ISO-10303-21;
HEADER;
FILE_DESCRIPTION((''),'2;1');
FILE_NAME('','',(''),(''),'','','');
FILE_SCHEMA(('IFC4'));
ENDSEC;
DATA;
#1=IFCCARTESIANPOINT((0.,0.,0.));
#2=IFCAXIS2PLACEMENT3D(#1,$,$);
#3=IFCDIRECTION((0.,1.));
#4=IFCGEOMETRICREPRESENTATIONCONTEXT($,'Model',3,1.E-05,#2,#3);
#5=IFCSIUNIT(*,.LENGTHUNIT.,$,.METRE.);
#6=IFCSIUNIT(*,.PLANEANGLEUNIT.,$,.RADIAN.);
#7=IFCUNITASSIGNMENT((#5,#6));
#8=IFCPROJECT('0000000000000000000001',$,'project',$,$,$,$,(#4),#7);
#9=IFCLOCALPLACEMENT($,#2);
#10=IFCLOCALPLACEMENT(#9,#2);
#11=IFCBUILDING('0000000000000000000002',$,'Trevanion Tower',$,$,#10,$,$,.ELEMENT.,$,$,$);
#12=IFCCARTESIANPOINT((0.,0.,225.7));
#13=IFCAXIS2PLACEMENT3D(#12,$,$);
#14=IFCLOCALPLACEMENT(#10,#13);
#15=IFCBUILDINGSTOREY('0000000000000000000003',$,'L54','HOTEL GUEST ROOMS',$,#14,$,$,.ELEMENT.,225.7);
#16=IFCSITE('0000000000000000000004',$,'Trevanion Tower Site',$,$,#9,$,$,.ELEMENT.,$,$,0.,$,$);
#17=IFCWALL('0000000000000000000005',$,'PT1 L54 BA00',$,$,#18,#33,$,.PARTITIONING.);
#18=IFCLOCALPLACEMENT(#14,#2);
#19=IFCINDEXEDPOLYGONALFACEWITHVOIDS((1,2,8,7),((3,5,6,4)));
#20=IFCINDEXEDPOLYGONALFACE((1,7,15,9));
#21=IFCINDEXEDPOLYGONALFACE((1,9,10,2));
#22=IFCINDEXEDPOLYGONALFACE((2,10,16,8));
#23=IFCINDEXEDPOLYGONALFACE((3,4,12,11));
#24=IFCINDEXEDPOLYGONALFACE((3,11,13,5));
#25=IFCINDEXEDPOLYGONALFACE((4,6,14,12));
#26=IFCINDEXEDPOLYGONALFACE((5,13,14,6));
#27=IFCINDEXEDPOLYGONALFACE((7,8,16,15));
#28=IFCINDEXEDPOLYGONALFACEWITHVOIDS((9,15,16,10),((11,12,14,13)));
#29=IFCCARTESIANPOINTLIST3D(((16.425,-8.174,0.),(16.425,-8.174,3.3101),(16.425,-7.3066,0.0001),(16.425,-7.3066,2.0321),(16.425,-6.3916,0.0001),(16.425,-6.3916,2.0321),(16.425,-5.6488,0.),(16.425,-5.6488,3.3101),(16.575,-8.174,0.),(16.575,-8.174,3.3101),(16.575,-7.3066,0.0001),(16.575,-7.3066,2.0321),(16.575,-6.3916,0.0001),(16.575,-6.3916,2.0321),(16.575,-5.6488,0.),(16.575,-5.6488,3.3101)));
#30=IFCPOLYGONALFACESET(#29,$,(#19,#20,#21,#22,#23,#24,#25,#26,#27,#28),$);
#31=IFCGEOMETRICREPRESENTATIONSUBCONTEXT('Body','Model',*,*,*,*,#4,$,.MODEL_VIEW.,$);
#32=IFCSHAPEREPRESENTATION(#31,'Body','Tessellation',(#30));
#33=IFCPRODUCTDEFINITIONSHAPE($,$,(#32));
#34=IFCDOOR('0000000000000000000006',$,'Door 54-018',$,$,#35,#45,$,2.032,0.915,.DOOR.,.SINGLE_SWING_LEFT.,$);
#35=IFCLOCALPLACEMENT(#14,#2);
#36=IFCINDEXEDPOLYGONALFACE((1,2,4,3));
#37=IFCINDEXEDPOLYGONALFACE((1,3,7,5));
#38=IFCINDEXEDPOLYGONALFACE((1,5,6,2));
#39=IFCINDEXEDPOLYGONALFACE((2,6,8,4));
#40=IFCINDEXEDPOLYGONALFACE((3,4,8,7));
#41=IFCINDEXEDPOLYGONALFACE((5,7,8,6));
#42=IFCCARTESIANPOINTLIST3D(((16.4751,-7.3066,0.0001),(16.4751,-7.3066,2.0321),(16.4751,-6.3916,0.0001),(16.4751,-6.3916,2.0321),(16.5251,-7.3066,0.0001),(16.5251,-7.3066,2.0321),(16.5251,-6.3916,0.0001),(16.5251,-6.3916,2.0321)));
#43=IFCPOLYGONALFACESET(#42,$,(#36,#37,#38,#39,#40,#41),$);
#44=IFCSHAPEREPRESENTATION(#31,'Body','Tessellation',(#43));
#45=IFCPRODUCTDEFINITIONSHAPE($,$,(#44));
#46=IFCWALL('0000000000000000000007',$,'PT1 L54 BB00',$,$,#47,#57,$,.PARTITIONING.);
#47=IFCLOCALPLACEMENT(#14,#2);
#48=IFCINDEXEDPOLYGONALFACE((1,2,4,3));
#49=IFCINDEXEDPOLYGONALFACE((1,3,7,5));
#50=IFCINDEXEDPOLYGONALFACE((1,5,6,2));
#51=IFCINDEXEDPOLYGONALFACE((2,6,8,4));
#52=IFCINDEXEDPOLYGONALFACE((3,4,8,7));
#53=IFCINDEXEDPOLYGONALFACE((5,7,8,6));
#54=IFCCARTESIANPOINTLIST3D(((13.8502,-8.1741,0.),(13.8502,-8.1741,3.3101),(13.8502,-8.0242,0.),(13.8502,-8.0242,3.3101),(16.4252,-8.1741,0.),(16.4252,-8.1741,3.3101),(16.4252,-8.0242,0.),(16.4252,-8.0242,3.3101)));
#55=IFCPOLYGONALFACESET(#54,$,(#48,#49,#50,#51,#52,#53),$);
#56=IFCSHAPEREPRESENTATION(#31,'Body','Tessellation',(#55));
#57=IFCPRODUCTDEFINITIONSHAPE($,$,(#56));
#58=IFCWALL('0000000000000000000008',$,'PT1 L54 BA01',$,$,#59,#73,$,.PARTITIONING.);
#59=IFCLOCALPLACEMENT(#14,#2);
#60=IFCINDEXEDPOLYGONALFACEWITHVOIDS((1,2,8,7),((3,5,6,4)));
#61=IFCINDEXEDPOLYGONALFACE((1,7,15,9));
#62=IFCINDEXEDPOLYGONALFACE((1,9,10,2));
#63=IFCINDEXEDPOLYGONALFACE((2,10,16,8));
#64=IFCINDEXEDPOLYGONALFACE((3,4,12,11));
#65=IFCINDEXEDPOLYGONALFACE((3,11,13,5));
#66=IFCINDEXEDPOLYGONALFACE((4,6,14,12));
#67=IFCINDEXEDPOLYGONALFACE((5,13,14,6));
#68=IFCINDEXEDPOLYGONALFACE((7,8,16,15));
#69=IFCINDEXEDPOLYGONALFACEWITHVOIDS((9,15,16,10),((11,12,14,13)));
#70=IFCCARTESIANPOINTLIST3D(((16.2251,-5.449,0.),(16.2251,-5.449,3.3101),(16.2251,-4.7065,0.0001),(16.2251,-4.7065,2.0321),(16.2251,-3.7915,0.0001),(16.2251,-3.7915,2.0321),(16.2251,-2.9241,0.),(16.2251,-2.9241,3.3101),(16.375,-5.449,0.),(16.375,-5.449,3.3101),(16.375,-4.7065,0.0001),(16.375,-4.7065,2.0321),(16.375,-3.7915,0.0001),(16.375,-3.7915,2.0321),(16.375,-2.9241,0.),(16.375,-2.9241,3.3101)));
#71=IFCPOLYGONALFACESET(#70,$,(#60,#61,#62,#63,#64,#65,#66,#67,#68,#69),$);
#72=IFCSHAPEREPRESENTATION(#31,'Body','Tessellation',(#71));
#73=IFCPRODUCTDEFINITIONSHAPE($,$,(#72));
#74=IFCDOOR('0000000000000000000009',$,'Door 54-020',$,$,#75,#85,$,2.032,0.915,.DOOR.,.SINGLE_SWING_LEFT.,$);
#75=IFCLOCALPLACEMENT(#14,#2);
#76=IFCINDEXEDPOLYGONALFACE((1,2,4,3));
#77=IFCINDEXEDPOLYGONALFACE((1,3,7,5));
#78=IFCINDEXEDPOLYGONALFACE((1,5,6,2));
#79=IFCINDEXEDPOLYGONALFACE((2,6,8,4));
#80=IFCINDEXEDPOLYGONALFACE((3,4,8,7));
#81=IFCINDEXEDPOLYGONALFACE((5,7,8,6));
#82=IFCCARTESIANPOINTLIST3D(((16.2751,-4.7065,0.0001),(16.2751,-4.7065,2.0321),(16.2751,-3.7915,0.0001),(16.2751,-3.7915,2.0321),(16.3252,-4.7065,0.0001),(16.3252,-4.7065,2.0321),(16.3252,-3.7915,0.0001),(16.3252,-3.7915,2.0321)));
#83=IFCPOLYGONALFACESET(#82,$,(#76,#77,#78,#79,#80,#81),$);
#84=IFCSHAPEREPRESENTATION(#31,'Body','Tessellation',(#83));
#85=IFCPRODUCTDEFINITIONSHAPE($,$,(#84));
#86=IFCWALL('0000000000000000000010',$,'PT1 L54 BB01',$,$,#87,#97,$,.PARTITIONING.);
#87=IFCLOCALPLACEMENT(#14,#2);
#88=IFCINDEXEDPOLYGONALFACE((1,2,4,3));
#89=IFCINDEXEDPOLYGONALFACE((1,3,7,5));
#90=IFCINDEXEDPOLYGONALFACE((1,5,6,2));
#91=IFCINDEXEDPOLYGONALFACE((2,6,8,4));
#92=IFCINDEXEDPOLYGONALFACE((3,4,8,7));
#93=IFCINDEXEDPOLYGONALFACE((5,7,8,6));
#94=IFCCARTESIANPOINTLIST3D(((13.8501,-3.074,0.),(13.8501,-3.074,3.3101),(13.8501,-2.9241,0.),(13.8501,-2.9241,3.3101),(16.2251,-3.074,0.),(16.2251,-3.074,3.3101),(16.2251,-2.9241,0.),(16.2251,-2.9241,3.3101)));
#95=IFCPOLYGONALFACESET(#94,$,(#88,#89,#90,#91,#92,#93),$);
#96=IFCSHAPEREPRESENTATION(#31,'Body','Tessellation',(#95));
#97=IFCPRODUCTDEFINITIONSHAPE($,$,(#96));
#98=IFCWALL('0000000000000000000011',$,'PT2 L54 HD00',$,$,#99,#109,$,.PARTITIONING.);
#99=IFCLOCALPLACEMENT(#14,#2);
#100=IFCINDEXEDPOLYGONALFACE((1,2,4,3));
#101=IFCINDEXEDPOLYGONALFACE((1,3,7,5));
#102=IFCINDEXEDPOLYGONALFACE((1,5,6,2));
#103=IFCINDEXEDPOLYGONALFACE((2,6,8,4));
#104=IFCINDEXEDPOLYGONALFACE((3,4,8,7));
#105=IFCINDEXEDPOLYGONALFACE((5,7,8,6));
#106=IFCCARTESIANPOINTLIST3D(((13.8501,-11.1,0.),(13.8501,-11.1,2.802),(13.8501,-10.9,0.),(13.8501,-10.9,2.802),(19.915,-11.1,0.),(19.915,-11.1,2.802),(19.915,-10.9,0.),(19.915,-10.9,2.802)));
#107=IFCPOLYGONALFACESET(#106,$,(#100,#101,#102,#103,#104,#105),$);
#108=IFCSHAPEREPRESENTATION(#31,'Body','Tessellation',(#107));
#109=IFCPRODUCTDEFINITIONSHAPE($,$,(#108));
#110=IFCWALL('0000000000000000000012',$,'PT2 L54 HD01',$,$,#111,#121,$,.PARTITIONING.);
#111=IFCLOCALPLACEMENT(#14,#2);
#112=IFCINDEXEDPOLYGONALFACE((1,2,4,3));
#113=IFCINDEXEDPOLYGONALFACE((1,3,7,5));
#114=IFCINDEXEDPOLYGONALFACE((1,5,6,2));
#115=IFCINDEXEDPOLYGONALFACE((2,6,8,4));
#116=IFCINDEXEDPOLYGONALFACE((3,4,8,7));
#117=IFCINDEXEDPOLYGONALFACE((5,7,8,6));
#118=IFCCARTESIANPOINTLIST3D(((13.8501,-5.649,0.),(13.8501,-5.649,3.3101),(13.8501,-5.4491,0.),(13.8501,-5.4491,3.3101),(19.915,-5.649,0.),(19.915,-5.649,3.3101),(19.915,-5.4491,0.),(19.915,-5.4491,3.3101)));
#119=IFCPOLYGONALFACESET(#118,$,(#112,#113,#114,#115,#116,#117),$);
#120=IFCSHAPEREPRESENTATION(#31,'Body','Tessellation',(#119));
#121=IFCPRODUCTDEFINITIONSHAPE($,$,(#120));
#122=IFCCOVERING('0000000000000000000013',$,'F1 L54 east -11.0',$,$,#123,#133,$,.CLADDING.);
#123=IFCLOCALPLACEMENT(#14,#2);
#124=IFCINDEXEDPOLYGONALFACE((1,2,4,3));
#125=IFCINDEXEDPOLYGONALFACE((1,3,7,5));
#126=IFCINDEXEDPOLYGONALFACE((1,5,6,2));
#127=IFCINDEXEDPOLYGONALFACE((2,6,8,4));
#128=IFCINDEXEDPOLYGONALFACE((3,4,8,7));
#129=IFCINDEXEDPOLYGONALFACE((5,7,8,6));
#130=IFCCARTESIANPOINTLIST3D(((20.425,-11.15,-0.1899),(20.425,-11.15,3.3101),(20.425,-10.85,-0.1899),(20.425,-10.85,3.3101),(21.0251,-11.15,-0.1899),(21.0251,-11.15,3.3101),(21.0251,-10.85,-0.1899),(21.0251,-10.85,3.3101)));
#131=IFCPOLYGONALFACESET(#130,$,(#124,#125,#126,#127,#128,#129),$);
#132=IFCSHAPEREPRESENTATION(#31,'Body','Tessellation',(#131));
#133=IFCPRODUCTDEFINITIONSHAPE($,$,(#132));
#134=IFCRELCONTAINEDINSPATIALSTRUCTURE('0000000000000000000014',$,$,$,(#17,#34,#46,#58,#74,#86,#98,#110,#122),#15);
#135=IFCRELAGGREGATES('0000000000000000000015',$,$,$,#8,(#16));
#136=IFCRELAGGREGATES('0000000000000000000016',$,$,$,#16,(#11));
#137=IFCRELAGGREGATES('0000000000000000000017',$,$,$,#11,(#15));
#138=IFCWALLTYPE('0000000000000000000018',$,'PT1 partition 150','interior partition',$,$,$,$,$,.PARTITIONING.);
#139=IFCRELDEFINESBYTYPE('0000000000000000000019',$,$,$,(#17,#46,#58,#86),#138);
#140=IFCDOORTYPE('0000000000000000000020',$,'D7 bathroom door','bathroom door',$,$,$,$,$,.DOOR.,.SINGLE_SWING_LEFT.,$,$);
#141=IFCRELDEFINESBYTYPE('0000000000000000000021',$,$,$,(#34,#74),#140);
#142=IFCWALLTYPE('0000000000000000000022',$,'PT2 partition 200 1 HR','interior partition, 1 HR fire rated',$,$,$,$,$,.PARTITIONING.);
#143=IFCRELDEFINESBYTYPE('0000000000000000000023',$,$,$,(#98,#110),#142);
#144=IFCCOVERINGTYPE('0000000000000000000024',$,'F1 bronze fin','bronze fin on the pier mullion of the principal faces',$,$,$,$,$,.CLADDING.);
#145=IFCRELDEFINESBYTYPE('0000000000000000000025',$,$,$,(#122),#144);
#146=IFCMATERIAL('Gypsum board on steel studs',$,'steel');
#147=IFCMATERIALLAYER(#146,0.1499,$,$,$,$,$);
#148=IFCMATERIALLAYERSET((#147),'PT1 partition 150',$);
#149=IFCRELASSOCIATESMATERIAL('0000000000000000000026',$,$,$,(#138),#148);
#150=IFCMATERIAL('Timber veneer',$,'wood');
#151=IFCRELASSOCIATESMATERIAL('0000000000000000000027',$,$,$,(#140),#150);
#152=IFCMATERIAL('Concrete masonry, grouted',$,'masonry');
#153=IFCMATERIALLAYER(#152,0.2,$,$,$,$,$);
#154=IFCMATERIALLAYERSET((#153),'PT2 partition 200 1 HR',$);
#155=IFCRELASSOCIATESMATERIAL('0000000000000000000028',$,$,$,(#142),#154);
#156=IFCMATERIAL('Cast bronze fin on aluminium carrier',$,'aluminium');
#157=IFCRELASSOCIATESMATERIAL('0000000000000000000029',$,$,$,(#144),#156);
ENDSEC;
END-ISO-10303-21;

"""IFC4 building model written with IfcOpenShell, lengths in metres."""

from ifc_helpers import new_model, si_unit, direction, frame, frame_2d, origin, origin_2d, place, context, subcontext, project, spatial, rectangle, extrude, material, layer, layer_set, type_object, element, fill, save


model = new_model("IFC4")

# Units and contexts
model_context = context("Model", 3, precision=1e-05, world=origin(), true_north=direction((0.0, 1.0)))
body_context = subcontext(model_context, "Body", "Model", "MODEL_VIEW")
ifc_project = project(units=[si_unit("LENGTHUNIT", "METRE"), si_unit("PLANEANGLEUNIT", "RADIAN")], contexts=[model_context])

# Site, building, storey
site_placement = place(None, origin())
site = spatial("IfcSite", under=ifc_project, at=site_placement, Name="Trevanion Tower Site", CompositionType="ELEMENT", RefElevation=0.0)
building_placement = place(site_placement, origin())
building = spatial("IfcBuilding", under=site, at=building_placement, Name="Trevanion Tower", CompositionType="ELEMENT")
storey_placement = place(building_placement, frame((0.0, 0.0, 225.7)))
storey = spatial("IfcBuildingStorey", under=building, at=storey_placement, Name="L54", Description="HOTEL GUEST ROOMS", CompositionType="ELEMENT", Elevation=225.7)

# Wall, opening, door
ifc_material_1 = material(Name="Gypsum board on steel studs", Category="steel")
ifc_layer_1 = layer(ifc_material_1, 0.1499)
ifc_layer_set_1 = layer_set([ifc_layer_1], Name="PT1 partition 150")
wall_type_1 = type_object("IfcWallType", Name="PT1 partition 150", Description="interior partition", PredefinedType="PARTITIONING", material=ifc_layer_set_1)
wall_1_placement = place(storey_placement, frame((16.5, -8.1741, 0.0), z_axis=(0.0, 0.0, 1.0), x_axis=(0.0, 1.0, 0.0)))
wall_1 = element("IfcWall", 1, at=wall_1_placement, inside=storey, type_object=wall_type_1, Name="PT1 L54 BA00", PredefinedType="PARTITIONING", context=body_context, shape_type="SweptSolid", body=[
    extrude(rectangle(XDim=2.5251, YDim=0.1499, at=frame_2d((1.2627, 0.0))), origin(), (0.0, 0.0, 1.0), 3.3101),
])
opening_1_placement = place(wall_1_placement, frame((0.8674, 0.0, 0.0)))
opening_1 = element("IfcOpeningElement", 2, at=opening_1_placement, cuts=wall_1, PredefinedType="OPENING", context=body_context, shape_type="SweptSolid", body=[
    extrude(rectangle(XDim=0.915, YDim=2.032, at=frame_2d((0.4575, 1.0161))), frame((0.0, 0.085, 0.0), z_axis=(0.0, -1.0, 0.0), x_axis=(1.0, 0.0, 0.0)), (0.0, 0.0, 1.0), 0.1699),
])
ifc_material_2 = material(Name="Timber veneer", Category="wood")
door_type = type_object("IfcDoorType", Name="D7 bathroom door", Description="bathroom door", OperationType="SINGLE_SWING_LEFT", PredefinedType="DOOR", material=ifc_material_2)
door_1_placement = place(opening_1_placement, origin())
door_1 = element("IfcDoor", 3, at=door_1_placement, inside=storey, type_object=door_type, Name="Door 54-018", OperationType="SINGLE_SWING_LEFT", OverallHeight=2.032, OverallWidth=0.915, PredefinedType="DOOR", context=body_context, shape_type="SweptSolid", body=[
    extrude(rectangle(XDim=0.915, YDim=2.032, at=frame_2d((0.4575, 1.0161))), frame((0.0, 0.0249, 0.0), z_axis=(0.0, -1.0, 0.0), x_axis=(1.0, 0.0, 0.0)), (0.0, 0.0, 1.0), 0.05),
])
fill(opening_1, door_1)

# Wall
wall_2_placement = place(storey_placement, frame((13.8501, -8.0991, 0.0), z_axis=(0.0, 0.0, 1.0), x_axis=(1.0, 0.0, 0.0)))
element("IfcWall", 4, at=wall_2_placement, inside=storey, type_object=wall_type_1, Name="PT1 L54 BB00", PredefinedType="PARTITIONING", context=body_context, shape_type="SweptSolid", body=[
    extrude(rectangle(XDim=2.575, YDim=0.1499, at=frame_2d((1.2876, 0.0))), origin(), (0.0, 0.0, 1.0), 3.3101),
])

# Wall, opening, door
wall_3_placement = place(storey_placement, frame((16.3, -5.449, 0.0), z_axis=(0.0, 0.0, 1.0), x_axis=(0.0, 1.0, 0.0)))
wall_3 = element("IfcWall", 5, at=wall_3_placement, inside=storey, type_object=wall_type_1, Name="PT1 L54 BA01", PredefinedType="PARTITIONING", context=body_context, shape_type="SweptSolid", body=[
    extrude(rectangle(XDim=2.5249, YDim=0.1499, at=frame_2d((1.2625, 0.0))), origin(), (0.0, 0.0, 1.0), 3.3101),
])
opening_2_placement = place(wall_3_placement, frame((0.7424, 0.0, 0.0)))
opening_2 = element("IfcOpeningElement", 6, at=opening_2_placement, cuts=wall_3, PredefinedType="OPENING", context=body_context, shape_type="SweptSolid", body=[
    extrude(rectangle(XDim=0.915, YDim=2.032, at=frame_2d((0.4575, 1.0161))), frame((0.0, 0.085, 0.0), z_axis=(0.0, -1.0, 0.0), x_axis=(1.0, 0.0, 0.0)), (0.0, 0.0, 1.0), 0.1699),
])
door_2_placement = place(opening_2_placement, origin())
door_2 = element("IfcDoor", 7, at=door_2_placement, inside=storey, type_object=door_type, Name="Door 54-020", OperationType="SINGLE_SWING_LEFT", OverallHeight=2.032, OverallWidth=0.915, PredefinedType="DOOR", context=body_context, shape_type="SweptSolid", body=[
    extrude(rectangle(XDim=0.915, YDim=2.032, at=frame_2d((0.4575, 1.0161))), frame((0.0, 0.0249, 0.0), z_axis=(0.0, -1.0, 0.0), x_axis=(1.0, 0.0, 0.0)), (0.0, 0.0, 1.0), 0.05),
])
fill(opening_2, door_2)

# Walls
wall_4_placement = place(storey_placement, frame((13.8501, -2.999, 0.0), z_axis=(0.0, 0.0, 1.0), x_axis=(1.0, 0.0, 0.0)))
element("IfcWall", 8, at=wall_4_placement, inside=storey, type_object=wall_type_1, Name="PT1 L54 BB01", PredefinedType="PARTITIONING", context=body_context, shape_type="SweptSolid", body=[
    extrude(rectangle(XDim=2.375, YDim=0.1499, at=frame_2d((1.1875, 0.0))), origin(), (0.0, 0.0, 1.0), 3.3101),
])
ifc_material_3 = material(Name="Concrete masonry, grouted", Category="masonry")
ifc_layer_2 = layer(ifc_material_3, 0.2)
ifc_layer_set_2 = layer_set([ifc_layer_2], Name="PT2 partition 200 1 HR")
wall_type_2 = type_object("IfcWallType", Name="PT2 partition 200 1 HR", Description="interior partition, 1 HR fire rated", PredefinedType="PARTITIONING", material=ifc_layer_set_2)
wall_5_placement = place(storey_placement, frame((13.8501, -11.0, 0.0), z_axis=(0.0, 0.0, 1.0), x_axis=(1.0, 0.0, 0.0)))
element("IfcWall", 9, at=wall_5_placement, inside=storey, type_object=wall_type_2, Name="PT2 L54 HD00", PredefinedType="PARTITIONING", context=body_context, shape_type="SweptSolid", body=[
    extrude(rectangle(XDim=6.0649, YDim=0.2, at=frame_2d((3.0325, 0.0))), origin(), (0.0, 0.0, 1.0), 2.802),
])
wall_6_placement = place(storey_placement, frame((13.8501, -5.5491, 0.0), z_axis=(0.0, 0.0, 1.0), x_axis=(1.0, 0.0, 0.0)))
element("IfcWall", 10, at=wall_6_placement, inside=storey, type_object=wall_type_2, Name="PT2 L54 HD01", PredefinedType="PARTITIONING", context=body_context, shape_type="SweptSolid", body=[
    extrude(rectangle(XDim=6.0649, YDim=0.2, at=frame_2d((3.0325, 0.0))), origin(), (0.0, 0.0, 1.0), 3.3101),
])

# Covering
ifc_material_4 = material(Name="Cast bronze fin on aluminium carrier", Category="aluminium")
covering_type = type_object("IfcCoveringType", Name="F1 bronze fin", Description="bronze fin on the pier mullion of the principal faces", PredefinedType="CLADDING", material=ifc_material_4)
covering_placement = place(storey_placement, frame((20.7251, -11.0, -0.1899), z_axis=(0.0, 0.0, 1.0), x_axis=(0.0, 1.0, 0.0)))
element("IfcCovering", 11, at=covering_placement, inside=storey, type_object=covering_type, Name="F1 L54 east -11.0", PredefinedType="CLADDING", context=body_context, shape_type="SweptSolid", body=[
    extrude(rectangle(XDim=0.3, YDim=0.6001, at=origin_2d()), origin(), (0.0, 0.0, 1.0), 3.5),
])

save(model, "model.ifc")
